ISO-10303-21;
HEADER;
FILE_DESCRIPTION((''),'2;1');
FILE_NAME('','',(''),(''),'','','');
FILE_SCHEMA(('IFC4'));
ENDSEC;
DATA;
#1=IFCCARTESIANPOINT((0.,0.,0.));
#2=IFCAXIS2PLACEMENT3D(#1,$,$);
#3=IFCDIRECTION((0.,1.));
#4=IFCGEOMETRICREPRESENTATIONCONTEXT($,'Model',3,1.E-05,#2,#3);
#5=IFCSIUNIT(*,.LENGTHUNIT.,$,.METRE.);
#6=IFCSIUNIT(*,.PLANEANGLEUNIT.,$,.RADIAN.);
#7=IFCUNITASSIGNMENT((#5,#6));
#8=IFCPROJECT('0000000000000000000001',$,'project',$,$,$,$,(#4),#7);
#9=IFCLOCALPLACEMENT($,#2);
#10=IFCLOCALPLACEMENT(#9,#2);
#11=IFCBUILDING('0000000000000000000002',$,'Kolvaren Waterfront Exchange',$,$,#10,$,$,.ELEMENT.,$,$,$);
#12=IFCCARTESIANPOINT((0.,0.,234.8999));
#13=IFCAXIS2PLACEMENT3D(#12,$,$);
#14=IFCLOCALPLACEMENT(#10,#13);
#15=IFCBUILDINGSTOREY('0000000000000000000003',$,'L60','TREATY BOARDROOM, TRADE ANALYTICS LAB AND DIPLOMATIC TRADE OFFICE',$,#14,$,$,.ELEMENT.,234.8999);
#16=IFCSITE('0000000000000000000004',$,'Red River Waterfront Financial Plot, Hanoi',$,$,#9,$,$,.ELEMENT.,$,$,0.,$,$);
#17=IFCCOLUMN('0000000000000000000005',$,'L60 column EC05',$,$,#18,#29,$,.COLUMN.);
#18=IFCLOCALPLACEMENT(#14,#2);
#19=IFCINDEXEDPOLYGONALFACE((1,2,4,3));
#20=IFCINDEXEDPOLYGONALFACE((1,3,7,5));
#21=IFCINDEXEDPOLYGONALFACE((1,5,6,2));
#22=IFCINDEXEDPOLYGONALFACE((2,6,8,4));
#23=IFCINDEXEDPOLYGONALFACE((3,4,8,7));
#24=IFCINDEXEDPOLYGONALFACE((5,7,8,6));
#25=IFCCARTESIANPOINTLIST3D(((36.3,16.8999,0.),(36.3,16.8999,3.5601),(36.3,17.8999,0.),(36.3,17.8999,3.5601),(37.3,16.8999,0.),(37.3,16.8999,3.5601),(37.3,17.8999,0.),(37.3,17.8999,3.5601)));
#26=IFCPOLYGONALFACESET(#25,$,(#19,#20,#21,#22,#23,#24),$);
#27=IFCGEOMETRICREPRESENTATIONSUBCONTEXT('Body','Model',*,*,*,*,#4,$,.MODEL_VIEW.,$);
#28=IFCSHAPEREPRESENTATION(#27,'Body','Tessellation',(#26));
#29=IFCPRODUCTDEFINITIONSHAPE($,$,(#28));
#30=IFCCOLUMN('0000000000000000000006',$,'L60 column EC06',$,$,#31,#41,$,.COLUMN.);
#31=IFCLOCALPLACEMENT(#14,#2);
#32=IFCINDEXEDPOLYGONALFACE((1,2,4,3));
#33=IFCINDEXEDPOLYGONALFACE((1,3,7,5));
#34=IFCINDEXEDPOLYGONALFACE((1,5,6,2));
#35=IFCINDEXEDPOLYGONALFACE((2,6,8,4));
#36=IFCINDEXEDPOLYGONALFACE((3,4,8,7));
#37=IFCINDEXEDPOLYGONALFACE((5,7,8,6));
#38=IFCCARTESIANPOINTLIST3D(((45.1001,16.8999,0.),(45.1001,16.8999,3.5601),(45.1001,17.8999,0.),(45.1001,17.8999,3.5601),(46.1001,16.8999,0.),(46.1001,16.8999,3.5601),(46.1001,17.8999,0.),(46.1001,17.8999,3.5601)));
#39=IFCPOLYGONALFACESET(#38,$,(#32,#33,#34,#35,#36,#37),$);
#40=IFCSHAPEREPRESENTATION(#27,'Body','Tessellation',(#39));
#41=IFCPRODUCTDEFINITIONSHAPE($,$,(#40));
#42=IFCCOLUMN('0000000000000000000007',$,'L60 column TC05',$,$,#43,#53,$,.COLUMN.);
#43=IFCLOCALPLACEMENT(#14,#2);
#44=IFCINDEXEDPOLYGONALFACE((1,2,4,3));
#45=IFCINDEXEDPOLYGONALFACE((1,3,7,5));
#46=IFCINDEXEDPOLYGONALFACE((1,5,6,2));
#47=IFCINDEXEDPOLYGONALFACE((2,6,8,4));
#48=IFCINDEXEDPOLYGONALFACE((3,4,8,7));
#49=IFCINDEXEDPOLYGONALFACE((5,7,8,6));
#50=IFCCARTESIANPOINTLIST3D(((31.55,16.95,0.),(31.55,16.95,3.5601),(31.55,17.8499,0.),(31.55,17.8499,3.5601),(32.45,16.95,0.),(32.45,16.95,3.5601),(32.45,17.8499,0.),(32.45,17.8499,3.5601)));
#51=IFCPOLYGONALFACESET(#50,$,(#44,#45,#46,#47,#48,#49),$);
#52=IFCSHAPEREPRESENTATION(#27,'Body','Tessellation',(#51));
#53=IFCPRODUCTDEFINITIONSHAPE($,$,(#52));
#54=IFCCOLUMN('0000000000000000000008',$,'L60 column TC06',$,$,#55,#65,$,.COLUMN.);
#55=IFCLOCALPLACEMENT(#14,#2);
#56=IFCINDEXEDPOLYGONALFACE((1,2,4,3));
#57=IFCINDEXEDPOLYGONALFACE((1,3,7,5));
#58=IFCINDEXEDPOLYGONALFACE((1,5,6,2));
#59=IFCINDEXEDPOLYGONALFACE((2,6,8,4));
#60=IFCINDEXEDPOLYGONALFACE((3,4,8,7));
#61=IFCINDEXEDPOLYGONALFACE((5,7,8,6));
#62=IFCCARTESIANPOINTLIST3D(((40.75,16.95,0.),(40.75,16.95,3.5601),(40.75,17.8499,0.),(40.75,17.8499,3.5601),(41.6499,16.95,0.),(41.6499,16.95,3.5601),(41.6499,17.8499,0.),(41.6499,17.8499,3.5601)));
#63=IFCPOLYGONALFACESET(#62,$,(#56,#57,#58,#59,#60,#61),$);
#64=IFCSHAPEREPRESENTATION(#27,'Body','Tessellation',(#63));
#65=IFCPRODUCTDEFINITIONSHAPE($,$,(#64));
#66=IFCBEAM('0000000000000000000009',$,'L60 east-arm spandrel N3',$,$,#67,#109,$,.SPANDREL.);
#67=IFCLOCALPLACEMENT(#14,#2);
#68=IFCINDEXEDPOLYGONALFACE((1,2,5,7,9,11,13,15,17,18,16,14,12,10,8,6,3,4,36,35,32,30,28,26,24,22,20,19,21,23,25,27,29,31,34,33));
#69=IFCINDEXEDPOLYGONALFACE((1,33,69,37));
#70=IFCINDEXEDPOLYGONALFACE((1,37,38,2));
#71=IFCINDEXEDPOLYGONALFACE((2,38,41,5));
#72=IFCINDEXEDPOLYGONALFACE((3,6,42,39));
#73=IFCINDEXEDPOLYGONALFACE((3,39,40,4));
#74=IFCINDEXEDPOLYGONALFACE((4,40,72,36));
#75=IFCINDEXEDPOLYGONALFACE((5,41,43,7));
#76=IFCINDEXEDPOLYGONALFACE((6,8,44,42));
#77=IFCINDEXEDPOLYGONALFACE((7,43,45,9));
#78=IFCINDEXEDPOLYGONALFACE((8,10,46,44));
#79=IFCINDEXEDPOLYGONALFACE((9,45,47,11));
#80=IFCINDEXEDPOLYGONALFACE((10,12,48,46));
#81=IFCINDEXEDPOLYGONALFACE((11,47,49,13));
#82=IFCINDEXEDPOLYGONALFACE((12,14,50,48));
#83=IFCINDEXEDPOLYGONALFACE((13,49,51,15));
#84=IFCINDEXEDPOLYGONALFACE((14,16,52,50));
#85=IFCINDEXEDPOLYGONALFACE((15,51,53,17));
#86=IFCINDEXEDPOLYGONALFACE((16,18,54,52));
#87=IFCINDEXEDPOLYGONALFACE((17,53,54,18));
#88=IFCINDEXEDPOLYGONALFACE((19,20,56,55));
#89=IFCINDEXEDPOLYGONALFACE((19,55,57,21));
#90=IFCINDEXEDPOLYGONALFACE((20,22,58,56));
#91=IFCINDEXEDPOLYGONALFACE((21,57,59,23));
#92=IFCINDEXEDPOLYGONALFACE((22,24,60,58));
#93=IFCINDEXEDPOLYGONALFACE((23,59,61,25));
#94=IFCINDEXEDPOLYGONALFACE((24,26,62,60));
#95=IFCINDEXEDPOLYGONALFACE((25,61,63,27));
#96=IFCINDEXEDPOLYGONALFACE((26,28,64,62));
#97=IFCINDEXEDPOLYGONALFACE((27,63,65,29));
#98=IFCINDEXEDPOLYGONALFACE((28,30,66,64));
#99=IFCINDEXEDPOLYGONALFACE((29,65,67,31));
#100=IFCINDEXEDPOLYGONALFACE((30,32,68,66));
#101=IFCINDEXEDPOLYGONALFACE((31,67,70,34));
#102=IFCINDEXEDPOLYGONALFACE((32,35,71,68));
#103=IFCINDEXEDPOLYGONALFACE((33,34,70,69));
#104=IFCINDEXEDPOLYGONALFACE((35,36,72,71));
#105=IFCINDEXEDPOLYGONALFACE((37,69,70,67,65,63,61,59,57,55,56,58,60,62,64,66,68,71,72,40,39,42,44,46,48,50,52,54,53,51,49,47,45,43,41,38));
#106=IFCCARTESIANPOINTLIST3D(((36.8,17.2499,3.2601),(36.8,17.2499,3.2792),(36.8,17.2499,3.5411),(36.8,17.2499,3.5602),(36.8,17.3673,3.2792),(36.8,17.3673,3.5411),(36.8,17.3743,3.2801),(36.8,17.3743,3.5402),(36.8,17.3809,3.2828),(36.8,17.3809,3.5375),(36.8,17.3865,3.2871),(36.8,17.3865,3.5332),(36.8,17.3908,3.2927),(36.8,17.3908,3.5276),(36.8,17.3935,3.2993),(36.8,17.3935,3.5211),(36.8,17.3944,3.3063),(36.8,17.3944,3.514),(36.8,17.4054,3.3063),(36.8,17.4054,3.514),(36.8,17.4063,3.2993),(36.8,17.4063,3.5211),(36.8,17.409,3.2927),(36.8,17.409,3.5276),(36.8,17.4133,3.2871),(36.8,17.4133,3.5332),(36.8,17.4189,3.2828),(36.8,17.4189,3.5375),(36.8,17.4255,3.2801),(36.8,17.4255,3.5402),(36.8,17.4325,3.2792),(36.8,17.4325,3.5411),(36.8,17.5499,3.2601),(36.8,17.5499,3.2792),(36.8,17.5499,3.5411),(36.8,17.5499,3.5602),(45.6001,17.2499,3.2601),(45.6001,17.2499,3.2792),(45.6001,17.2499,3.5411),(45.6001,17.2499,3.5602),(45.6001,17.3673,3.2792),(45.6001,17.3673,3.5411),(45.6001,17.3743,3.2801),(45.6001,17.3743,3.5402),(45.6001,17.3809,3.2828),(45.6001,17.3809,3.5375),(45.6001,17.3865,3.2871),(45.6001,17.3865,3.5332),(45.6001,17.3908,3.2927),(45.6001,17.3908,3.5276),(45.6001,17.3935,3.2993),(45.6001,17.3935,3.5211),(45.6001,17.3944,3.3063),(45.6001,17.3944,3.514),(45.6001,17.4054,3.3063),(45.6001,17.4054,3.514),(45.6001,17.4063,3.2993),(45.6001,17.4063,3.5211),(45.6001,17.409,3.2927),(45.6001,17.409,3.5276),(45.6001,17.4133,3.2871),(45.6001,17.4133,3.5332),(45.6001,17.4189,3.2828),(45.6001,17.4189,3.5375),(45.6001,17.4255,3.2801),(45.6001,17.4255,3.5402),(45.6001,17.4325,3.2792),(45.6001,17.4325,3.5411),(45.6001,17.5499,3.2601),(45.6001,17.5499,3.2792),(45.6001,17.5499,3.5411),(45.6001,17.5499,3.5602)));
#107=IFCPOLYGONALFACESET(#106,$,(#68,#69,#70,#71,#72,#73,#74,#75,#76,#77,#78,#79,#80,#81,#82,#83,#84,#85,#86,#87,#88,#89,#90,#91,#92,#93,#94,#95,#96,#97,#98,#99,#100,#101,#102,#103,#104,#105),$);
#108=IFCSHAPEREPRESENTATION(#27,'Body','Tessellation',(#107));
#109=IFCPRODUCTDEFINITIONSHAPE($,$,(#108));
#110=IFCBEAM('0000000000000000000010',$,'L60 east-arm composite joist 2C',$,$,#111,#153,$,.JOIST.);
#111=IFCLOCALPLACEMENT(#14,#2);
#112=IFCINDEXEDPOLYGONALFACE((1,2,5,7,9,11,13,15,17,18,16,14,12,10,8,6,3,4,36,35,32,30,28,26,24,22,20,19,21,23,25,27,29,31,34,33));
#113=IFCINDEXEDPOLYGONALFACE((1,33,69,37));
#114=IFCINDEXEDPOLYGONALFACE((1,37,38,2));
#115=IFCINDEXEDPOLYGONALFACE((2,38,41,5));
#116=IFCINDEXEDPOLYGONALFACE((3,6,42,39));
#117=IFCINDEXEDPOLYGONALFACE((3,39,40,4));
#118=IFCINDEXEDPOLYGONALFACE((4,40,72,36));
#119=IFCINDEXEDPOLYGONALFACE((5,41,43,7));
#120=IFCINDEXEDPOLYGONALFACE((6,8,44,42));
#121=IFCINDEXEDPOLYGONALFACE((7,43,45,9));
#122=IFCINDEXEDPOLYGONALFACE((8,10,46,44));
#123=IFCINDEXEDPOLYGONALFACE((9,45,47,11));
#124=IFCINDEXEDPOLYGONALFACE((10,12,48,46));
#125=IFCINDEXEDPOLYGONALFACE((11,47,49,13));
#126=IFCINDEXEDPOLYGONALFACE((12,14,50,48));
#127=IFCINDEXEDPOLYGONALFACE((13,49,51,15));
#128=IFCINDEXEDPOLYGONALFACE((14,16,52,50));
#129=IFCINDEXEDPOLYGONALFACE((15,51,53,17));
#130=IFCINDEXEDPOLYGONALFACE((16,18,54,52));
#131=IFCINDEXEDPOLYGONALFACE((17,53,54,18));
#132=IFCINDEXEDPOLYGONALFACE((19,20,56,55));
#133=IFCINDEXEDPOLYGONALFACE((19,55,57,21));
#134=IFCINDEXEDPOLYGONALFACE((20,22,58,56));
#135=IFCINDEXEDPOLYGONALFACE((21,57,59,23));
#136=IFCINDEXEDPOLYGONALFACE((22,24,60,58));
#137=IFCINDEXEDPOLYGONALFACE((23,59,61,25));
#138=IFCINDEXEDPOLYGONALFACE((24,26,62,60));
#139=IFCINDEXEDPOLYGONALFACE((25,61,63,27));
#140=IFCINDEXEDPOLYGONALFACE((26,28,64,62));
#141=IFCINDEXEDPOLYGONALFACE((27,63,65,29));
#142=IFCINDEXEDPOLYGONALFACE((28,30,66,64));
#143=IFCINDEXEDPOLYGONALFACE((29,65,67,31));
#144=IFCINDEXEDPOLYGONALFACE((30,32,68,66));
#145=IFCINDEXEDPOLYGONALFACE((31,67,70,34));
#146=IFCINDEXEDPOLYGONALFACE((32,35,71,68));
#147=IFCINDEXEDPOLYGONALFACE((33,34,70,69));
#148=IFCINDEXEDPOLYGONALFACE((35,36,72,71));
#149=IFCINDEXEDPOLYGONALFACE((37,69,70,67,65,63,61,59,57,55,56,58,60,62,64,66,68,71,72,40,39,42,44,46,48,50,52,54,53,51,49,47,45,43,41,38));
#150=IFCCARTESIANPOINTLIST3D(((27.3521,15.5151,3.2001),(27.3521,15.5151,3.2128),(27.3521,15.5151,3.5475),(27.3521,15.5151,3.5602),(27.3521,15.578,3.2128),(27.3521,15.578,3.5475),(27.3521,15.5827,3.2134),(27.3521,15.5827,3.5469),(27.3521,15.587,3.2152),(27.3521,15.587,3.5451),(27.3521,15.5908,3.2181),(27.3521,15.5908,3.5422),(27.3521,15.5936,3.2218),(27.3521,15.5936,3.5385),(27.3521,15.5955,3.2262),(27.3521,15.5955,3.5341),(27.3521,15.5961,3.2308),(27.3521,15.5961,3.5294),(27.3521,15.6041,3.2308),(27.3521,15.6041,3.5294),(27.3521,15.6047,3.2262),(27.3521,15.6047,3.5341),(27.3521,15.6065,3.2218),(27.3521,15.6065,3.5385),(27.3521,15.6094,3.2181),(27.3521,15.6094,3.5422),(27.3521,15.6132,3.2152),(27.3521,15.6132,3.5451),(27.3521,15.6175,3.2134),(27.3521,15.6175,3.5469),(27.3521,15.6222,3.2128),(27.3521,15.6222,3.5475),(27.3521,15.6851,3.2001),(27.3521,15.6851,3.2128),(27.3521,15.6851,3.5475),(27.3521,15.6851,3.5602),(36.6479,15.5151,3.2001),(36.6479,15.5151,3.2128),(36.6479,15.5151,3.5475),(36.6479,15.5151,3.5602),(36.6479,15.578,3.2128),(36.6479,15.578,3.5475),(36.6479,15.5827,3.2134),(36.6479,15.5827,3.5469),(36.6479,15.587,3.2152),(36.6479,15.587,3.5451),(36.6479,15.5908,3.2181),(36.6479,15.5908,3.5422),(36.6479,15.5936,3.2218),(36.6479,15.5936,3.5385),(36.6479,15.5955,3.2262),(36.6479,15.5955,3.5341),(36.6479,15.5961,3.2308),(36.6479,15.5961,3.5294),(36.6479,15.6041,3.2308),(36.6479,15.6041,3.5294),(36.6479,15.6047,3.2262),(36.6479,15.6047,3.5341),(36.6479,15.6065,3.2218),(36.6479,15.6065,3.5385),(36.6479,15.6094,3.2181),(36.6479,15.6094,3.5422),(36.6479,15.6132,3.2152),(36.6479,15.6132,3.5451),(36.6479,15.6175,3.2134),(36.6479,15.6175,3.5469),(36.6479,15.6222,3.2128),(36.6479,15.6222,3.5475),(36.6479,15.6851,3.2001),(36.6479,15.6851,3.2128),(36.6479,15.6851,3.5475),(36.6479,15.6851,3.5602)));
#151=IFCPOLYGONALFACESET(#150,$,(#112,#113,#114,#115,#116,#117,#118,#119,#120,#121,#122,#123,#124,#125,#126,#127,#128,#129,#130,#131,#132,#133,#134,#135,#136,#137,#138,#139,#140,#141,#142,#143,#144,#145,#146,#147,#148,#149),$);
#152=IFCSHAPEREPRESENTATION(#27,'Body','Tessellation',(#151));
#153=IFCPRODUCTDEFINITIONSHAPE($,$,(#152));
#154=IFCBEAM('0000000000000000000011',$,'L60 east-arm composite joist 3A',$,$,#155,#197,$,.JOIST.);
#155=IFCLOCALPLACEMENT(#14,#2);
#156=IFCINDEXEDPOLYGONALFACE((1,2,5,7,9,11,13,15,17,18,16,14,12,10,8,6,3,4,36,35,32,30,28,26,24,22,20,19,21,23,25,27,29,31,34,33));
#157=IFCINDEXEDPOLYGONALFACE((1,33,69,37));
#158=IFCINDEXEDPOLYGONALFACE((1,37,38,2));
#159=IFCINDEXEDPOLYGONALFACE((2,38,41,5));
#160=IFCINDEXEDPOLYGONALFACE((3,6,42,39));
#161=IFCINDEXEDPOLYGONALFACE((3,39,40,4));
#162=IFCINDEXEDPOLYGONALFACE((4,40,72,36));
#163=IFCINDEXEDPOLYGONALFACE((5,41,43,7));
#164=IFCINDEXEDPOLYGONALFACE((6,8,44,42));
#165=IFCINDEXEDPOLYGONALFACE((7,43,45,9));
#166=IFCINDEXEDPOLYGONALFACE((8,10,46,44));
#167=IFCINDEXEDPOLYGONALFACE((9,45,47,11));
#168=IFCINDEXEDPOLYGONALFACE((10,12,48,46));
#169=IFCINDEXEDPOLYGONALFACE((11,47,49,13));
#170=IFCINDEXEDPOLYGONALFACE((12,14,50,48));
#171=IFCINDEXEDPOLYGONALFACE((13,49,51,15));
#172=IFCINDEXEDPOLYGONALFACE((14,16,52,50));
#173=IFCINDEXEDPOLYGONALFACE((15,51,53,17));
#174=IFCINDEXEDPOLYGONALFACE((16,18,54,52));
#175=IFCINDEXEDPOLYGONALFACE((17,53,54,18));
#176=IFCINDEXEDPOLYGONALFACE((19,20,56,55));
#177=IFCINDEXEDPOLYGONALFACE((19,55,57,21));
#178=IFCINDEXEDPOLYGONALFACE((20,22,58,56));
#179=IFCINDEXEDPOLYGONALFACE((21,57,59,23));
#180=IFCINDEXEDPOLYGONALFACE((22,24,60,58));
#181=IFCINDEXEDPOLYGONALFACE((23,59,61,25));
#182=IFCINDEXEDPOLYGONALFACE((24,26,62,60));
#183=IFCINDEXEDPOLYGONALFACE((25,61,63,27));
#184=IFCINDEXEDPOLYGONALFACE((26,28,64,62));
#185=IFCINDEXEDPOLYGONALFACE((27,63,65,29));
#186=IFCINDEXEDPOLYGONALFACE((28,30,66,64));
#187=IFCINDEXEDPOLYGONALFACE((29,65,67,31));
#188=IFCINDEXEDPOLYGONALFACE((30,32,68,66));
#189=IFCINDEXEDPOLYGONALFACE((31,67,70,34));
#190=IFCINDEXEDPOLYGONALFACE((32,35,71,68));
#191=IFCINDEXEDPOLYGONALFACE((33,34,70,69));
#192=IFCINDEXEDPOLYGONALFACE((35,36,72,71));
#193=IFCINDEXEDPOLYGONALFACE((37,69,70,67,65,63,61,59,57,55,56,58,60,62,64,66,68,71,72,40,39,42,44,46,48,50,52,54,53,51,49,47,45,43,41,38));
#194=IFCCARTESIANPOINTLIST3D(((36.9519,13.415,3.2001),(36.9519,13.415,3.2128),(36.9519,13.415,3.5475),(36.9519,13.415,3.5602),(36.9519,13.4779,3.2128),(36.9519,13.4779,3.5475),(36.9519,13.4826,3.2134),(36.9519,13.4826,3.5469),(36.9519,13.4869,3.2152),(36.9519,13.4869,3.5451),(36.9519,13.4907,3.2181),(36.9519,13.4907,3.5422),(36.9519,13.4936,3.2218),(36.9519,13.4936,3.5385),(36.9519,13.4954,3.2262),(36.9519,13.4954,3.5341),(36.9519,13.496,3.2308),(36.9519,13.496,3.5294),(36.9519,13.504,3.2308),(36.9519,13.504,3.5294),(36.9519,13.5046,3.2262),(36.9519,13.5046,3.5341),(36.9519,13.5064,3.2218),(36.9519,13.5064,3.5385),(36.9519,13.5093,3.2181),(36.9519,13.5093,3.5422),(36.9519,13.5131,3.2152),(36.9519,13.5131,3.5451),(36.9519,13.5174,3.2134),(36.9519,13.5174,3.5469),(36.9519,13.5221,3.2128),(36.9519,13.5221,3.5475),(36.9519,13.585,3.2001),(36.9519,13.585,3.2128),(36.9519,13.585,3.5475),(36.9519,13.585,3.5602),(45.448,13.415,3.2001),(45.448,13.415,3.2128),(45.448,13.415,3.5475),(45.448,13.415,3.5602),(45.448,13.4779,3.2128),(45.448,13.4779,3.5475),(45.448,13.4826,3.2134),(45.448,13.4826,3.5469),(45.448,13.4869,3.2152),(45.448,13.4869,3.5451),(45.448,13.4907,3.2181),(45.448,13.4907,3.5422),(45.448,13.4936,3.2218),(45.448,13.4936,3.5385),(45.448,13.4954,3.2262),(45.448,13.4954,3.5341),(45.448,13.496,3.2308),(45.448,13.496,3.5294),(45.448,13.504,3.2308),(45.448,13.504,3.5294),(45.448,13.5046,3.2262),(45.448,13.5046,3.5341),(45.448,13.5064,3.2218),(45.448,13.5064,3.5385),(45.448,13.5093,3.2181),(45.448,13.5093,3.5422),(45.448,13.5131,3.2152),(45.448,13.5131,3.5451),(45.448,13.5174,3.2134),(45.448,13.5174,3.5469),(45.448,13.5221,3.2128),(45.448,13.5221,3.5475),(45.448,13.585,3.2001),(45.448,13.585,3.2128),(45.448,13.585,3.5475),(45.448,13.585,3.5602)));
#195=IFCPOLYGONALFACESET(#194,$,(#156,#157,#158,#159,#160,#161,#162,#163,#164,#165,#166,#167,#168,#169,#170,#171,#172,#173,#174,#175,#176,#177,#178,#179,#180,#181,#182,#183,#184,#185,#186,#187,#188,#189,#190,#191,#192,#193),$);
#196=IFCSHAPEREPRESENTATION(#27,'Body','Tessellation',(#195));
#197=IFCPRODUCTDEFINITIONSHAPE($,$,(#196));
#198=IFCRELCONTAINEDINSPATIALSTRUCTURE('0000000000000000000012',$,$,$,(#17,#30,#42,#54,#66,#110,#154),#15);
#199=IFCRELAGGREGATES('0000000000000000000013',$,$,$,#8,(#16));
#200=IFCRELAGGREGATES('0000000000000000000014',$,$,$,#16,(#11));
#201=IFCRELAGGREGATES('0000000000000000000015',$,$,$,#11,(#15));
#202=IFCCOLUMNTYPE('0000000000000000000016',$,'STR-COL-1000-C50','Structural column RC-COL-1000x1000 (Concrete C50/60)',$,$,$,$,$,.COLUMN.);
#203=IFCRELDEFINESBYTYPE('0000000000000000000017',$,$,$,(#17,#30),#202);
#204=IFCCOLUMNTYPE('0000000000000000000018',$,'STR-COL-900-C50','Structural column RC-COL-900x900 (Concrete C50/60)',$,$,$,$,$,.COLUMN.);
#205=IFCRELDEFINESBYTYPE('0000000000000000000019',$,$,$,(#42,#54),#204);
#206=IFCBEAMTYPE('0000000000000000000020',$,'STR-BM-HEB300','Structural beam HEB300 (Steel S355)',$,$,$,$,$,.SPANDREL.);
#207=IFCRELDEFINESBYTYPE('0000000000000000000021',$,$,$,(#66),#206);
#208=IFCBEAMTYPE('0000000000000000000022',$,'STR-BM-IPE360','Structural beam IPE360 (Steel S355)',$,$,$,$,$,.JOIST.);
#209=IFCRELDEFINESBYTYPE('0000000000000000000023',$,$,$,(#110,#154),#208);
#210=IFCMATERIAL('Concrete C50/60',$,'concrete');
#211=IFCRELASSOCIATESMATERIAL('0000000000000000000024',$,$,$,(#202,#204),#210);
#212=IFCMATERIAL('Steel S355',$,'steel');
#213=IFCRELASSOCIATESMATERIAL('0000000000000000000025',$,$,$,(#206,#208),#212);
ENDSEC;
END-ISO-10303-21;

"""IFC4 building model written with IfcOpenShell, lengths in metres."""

from ifc_helpers import new_model, si_unit, direction, frame, origin, origin_2d, place, context, subcontext, project, spatial, rectangle, i_section, extrude, material, material_profile, profile_set, type_object, element, save


model = new_model("IFC4")

# Units and contexts
model_context = context("Model", 3, precision=1e-05, world=origin(), true_north=direction((0.0, 1.0)))
body_context = subcontext(model_context, "Body", "Model", "MODEL_VIEW")
ifc_project = project(units=[si_unit("LENGTHUNIT", "METRE"), si_unit("PLANEANGLEUNIT", "RADIAN")], contexts=[model_context])

# Site, building, storey
site_placement = place(None, origin())
site = spatial("IfcSite", under=ifc_project, at=site_placement, Name="Red River Waterfront Financial Plot, Hanoi", CompositionType="ELEMENT", RefElevation=0.0)
building_placement = place(site_placement, origin())
building = spatial("IfcBuilding", under=site, at=building_placement, Name="Kolvaren Waterfront Exchange", CompositionType="ELEMENT")
storey_placement = place(building_placement, frame((0.0, 0.0, 234.8999)))
storey = spatial("IfcBuildingStorey", under=building, at=storey_placement, Name="L60", Description="TREATY BOARDROOM, TRADE ANALYTICS LAB AND DIPLOMATIC TRADE OFFICE", CompositionType="ELEMENT", Elevation=234.8999)

# Columns
ifc_material_1 = material(Name="Concrete C50/60", Category="concrete")
ifc_material_profile_1 = material_profile(ifc_material_1, rectangle(XDim=1.0, YDim=1.0, at=origin_2d()), Name="RC-COL-1000x1000")
ifc_profile_set_1 = profile_set([ifc_material_profile_1], Name="Concrete C50/60")
column_type_1 = type_object("IfcColumnType", Name="STR-COL-1000-C50", Description="Structural column RC-COL-1000x1000 (Concrete C50/60)", PredefinedType="COLUMN", material=ifc_profile_set_1)
for number, where, z_axis, x_axis, name in (
    (1, (36.8, 17.3999, 0.0), (0.0, 0.0, 1.0), (1.0, 0.0, 0.0), "L60 column EC05"),
    (2, (45.6001, 17.3999, 0.0), (0.0, 0.0, 1.0), (1.0, 0.0, 0.0), "L60 column EC06"),
):
    element("IfcColumn", number, at=place(storey_placement, frame(where, z_axis=z_axis, x_axis=x_axis)), inside=storey, type_object=column_type_1, Name=name, PredefinedType="COLUMN", context=body_context, shape_type="SweptSolid", body=[
        extrude(rectangle(XDim=1.0, YDim=1.0, at=origin_2d()), origin(), (0.0, 0.0, 1.0), 3.5601),
    ])
ifc_material_profile_2 = material_profile(ifc_material_1, rectangle(XDim=0.8999, YDim=0.8999, at=origin_2d()), Name="RC-COL-900x900")
ifc_profile_set_2 = profile_set([ifc_material_profile_2], Name="Concrete C50/60")
column_type_2 = type_object("IfcColumnType", Name="STR-COL-900-C50", Description="Structural column RC-COL-900x900 (Concrete C50/60)", PredefinedType="COLUMN", material=ifc_profile_set_2)
for number, where, z_axis, x_axis, name in (
    (3, (32.0, 17.3999, 0.0), (0.0, 0.0, 1.0), (1.0, 0.0, 0.0), "L60 column TC05"),
    (4, (41.2, 17.3999, 0.0), (0.0, 0.0, 1.0), (1.0, 0.0, 0.0), "L60 column TC06"),
):
    element("IfcColumn", number, at=place(storey_placement, frame(where, z_axis=z_axis, x_axis=x_axis)), inside=storey, type_object=column_type_2, Name=name, PredefinedType="COLUMN", context=body_context, shape_type="SweptSolid", body=[
        extrude(rectangle(XDim=0.8999, YDim=0.8999, at=origin_2d()), origin(), (0.0, 0.0, 1.0), 3.5601),
    ])

# Beams
ifc_material_2 = material(Name="Steel S355", Category="steel")
ifc_material_profile_3 = material_profile(ifc_material_2, i_section(OverallWidth=0.3, OverallDepth=0.3, WebThickness=0.011, FlangeThickness=0.019, FilletRadius=0.0271, at=origin_2d()), Name="HEB300")
ifc_profile_set_3 = profile_set([ifc_material_profile_3], Name="Steel S355")
beam_type_1 = type_object("IfcBeamType", Name="STR-BM-HEB300", Description="Structural beam HEB300 (Steel S355)", PredefinedType="SPANDREL", material=ifc_profile_set_3)
beam_1_placement = place(storey_placement, frame((36.8, 17.3999, 3.4102), z_axis=(1.0, 0.0, 0.0), x_axis=(0.0, 1.0, 0.0)))
element("IfcBeam", 5, at=beam_1_placement, inside=storey, type_object=beam_type_1, Name="L60 east-arm spandrel N3", PredefinedType="SPANDREL", context=body_context, shape_type="SweptSolid", body=[
    extrude(i_section(OverallWidth=0.3, OverallDepth=0.3, WebThickness=0.011, FlangeThickness=0.019, FilletRadius=0.0271, at=origin_2d()), origin(), (0.0, 0.0, 1.0), 8.8),
])
ifc_material_profile_4 = material_profile(ifc_material_2, i_section(OverallWidth=0.1699, OverallDepth=0.3601, WebThickness=0.0081, FlangeThickness=0.0127, FilletRadius=0.0181, at=origin_2d()), Name="IPE360")
ifc_profile_set_4 = profile_set([ifc_material_profile_4], Name="Steel S355")
beam_type_2 = type_object("IfcBeamType", Name="STR-BM-IPE360", Description="Structural beam IPE360 (Steel S355)", PredefinedType="JOIST", material=ifc_profile_set_4)
beam_2_placement = place(storey_placement, frame((27.3521, 15.6001, 3.3801), z_axis=(1.0, 0.0, 0.0), x_axis=(0.0, 1.0, 0.0)))
element("IfcBeam", 6, at=beam_2_placement, inside=storey, type_object=beam_type_2, Name="L60 east-arm composite joist 2C", PredefinedType="JOIST", context=body_context, shape_type="SweptSolid", body=[
    extrude(i_section(OverallWidth=0.1699, OverallDepth=0.3601, WebThickness=0.0081, FlangeThickness=0.0127, FilletRadius=0.0181, at=origin_2d()), origin(), (0.0, 0.0, 1.0), 9.2959),
])
for number, where, z_axis, x_axis, name in (
    (7, (36.9519, 13.5, 3.3801), (1.0, 0.0, 0.0), (0.0, 1.0, 0.0), "L60 east-arm composite joist 3A"),
):
    element("IfcBeam", number, at=place(storey_placement, frame(where, z_axis=z_axis, x_axis=x_axis)), inside=storey, type_object=beam_type_2, Name=name, PredefinedType="JOIST", context=body_context, shape_type="SweptSolid", body=[
        extrude(i_section(OverallWidth=0.1699, OverallDepth=0.3601, WebThickness=0.0081, FlangeThickness=0.0127, FilletRadius=0.0181, at=origin_2d()), origin(), (0.0, 0.0, 1.0), 8.4961),
    ])

save(model, "model.ifc")
